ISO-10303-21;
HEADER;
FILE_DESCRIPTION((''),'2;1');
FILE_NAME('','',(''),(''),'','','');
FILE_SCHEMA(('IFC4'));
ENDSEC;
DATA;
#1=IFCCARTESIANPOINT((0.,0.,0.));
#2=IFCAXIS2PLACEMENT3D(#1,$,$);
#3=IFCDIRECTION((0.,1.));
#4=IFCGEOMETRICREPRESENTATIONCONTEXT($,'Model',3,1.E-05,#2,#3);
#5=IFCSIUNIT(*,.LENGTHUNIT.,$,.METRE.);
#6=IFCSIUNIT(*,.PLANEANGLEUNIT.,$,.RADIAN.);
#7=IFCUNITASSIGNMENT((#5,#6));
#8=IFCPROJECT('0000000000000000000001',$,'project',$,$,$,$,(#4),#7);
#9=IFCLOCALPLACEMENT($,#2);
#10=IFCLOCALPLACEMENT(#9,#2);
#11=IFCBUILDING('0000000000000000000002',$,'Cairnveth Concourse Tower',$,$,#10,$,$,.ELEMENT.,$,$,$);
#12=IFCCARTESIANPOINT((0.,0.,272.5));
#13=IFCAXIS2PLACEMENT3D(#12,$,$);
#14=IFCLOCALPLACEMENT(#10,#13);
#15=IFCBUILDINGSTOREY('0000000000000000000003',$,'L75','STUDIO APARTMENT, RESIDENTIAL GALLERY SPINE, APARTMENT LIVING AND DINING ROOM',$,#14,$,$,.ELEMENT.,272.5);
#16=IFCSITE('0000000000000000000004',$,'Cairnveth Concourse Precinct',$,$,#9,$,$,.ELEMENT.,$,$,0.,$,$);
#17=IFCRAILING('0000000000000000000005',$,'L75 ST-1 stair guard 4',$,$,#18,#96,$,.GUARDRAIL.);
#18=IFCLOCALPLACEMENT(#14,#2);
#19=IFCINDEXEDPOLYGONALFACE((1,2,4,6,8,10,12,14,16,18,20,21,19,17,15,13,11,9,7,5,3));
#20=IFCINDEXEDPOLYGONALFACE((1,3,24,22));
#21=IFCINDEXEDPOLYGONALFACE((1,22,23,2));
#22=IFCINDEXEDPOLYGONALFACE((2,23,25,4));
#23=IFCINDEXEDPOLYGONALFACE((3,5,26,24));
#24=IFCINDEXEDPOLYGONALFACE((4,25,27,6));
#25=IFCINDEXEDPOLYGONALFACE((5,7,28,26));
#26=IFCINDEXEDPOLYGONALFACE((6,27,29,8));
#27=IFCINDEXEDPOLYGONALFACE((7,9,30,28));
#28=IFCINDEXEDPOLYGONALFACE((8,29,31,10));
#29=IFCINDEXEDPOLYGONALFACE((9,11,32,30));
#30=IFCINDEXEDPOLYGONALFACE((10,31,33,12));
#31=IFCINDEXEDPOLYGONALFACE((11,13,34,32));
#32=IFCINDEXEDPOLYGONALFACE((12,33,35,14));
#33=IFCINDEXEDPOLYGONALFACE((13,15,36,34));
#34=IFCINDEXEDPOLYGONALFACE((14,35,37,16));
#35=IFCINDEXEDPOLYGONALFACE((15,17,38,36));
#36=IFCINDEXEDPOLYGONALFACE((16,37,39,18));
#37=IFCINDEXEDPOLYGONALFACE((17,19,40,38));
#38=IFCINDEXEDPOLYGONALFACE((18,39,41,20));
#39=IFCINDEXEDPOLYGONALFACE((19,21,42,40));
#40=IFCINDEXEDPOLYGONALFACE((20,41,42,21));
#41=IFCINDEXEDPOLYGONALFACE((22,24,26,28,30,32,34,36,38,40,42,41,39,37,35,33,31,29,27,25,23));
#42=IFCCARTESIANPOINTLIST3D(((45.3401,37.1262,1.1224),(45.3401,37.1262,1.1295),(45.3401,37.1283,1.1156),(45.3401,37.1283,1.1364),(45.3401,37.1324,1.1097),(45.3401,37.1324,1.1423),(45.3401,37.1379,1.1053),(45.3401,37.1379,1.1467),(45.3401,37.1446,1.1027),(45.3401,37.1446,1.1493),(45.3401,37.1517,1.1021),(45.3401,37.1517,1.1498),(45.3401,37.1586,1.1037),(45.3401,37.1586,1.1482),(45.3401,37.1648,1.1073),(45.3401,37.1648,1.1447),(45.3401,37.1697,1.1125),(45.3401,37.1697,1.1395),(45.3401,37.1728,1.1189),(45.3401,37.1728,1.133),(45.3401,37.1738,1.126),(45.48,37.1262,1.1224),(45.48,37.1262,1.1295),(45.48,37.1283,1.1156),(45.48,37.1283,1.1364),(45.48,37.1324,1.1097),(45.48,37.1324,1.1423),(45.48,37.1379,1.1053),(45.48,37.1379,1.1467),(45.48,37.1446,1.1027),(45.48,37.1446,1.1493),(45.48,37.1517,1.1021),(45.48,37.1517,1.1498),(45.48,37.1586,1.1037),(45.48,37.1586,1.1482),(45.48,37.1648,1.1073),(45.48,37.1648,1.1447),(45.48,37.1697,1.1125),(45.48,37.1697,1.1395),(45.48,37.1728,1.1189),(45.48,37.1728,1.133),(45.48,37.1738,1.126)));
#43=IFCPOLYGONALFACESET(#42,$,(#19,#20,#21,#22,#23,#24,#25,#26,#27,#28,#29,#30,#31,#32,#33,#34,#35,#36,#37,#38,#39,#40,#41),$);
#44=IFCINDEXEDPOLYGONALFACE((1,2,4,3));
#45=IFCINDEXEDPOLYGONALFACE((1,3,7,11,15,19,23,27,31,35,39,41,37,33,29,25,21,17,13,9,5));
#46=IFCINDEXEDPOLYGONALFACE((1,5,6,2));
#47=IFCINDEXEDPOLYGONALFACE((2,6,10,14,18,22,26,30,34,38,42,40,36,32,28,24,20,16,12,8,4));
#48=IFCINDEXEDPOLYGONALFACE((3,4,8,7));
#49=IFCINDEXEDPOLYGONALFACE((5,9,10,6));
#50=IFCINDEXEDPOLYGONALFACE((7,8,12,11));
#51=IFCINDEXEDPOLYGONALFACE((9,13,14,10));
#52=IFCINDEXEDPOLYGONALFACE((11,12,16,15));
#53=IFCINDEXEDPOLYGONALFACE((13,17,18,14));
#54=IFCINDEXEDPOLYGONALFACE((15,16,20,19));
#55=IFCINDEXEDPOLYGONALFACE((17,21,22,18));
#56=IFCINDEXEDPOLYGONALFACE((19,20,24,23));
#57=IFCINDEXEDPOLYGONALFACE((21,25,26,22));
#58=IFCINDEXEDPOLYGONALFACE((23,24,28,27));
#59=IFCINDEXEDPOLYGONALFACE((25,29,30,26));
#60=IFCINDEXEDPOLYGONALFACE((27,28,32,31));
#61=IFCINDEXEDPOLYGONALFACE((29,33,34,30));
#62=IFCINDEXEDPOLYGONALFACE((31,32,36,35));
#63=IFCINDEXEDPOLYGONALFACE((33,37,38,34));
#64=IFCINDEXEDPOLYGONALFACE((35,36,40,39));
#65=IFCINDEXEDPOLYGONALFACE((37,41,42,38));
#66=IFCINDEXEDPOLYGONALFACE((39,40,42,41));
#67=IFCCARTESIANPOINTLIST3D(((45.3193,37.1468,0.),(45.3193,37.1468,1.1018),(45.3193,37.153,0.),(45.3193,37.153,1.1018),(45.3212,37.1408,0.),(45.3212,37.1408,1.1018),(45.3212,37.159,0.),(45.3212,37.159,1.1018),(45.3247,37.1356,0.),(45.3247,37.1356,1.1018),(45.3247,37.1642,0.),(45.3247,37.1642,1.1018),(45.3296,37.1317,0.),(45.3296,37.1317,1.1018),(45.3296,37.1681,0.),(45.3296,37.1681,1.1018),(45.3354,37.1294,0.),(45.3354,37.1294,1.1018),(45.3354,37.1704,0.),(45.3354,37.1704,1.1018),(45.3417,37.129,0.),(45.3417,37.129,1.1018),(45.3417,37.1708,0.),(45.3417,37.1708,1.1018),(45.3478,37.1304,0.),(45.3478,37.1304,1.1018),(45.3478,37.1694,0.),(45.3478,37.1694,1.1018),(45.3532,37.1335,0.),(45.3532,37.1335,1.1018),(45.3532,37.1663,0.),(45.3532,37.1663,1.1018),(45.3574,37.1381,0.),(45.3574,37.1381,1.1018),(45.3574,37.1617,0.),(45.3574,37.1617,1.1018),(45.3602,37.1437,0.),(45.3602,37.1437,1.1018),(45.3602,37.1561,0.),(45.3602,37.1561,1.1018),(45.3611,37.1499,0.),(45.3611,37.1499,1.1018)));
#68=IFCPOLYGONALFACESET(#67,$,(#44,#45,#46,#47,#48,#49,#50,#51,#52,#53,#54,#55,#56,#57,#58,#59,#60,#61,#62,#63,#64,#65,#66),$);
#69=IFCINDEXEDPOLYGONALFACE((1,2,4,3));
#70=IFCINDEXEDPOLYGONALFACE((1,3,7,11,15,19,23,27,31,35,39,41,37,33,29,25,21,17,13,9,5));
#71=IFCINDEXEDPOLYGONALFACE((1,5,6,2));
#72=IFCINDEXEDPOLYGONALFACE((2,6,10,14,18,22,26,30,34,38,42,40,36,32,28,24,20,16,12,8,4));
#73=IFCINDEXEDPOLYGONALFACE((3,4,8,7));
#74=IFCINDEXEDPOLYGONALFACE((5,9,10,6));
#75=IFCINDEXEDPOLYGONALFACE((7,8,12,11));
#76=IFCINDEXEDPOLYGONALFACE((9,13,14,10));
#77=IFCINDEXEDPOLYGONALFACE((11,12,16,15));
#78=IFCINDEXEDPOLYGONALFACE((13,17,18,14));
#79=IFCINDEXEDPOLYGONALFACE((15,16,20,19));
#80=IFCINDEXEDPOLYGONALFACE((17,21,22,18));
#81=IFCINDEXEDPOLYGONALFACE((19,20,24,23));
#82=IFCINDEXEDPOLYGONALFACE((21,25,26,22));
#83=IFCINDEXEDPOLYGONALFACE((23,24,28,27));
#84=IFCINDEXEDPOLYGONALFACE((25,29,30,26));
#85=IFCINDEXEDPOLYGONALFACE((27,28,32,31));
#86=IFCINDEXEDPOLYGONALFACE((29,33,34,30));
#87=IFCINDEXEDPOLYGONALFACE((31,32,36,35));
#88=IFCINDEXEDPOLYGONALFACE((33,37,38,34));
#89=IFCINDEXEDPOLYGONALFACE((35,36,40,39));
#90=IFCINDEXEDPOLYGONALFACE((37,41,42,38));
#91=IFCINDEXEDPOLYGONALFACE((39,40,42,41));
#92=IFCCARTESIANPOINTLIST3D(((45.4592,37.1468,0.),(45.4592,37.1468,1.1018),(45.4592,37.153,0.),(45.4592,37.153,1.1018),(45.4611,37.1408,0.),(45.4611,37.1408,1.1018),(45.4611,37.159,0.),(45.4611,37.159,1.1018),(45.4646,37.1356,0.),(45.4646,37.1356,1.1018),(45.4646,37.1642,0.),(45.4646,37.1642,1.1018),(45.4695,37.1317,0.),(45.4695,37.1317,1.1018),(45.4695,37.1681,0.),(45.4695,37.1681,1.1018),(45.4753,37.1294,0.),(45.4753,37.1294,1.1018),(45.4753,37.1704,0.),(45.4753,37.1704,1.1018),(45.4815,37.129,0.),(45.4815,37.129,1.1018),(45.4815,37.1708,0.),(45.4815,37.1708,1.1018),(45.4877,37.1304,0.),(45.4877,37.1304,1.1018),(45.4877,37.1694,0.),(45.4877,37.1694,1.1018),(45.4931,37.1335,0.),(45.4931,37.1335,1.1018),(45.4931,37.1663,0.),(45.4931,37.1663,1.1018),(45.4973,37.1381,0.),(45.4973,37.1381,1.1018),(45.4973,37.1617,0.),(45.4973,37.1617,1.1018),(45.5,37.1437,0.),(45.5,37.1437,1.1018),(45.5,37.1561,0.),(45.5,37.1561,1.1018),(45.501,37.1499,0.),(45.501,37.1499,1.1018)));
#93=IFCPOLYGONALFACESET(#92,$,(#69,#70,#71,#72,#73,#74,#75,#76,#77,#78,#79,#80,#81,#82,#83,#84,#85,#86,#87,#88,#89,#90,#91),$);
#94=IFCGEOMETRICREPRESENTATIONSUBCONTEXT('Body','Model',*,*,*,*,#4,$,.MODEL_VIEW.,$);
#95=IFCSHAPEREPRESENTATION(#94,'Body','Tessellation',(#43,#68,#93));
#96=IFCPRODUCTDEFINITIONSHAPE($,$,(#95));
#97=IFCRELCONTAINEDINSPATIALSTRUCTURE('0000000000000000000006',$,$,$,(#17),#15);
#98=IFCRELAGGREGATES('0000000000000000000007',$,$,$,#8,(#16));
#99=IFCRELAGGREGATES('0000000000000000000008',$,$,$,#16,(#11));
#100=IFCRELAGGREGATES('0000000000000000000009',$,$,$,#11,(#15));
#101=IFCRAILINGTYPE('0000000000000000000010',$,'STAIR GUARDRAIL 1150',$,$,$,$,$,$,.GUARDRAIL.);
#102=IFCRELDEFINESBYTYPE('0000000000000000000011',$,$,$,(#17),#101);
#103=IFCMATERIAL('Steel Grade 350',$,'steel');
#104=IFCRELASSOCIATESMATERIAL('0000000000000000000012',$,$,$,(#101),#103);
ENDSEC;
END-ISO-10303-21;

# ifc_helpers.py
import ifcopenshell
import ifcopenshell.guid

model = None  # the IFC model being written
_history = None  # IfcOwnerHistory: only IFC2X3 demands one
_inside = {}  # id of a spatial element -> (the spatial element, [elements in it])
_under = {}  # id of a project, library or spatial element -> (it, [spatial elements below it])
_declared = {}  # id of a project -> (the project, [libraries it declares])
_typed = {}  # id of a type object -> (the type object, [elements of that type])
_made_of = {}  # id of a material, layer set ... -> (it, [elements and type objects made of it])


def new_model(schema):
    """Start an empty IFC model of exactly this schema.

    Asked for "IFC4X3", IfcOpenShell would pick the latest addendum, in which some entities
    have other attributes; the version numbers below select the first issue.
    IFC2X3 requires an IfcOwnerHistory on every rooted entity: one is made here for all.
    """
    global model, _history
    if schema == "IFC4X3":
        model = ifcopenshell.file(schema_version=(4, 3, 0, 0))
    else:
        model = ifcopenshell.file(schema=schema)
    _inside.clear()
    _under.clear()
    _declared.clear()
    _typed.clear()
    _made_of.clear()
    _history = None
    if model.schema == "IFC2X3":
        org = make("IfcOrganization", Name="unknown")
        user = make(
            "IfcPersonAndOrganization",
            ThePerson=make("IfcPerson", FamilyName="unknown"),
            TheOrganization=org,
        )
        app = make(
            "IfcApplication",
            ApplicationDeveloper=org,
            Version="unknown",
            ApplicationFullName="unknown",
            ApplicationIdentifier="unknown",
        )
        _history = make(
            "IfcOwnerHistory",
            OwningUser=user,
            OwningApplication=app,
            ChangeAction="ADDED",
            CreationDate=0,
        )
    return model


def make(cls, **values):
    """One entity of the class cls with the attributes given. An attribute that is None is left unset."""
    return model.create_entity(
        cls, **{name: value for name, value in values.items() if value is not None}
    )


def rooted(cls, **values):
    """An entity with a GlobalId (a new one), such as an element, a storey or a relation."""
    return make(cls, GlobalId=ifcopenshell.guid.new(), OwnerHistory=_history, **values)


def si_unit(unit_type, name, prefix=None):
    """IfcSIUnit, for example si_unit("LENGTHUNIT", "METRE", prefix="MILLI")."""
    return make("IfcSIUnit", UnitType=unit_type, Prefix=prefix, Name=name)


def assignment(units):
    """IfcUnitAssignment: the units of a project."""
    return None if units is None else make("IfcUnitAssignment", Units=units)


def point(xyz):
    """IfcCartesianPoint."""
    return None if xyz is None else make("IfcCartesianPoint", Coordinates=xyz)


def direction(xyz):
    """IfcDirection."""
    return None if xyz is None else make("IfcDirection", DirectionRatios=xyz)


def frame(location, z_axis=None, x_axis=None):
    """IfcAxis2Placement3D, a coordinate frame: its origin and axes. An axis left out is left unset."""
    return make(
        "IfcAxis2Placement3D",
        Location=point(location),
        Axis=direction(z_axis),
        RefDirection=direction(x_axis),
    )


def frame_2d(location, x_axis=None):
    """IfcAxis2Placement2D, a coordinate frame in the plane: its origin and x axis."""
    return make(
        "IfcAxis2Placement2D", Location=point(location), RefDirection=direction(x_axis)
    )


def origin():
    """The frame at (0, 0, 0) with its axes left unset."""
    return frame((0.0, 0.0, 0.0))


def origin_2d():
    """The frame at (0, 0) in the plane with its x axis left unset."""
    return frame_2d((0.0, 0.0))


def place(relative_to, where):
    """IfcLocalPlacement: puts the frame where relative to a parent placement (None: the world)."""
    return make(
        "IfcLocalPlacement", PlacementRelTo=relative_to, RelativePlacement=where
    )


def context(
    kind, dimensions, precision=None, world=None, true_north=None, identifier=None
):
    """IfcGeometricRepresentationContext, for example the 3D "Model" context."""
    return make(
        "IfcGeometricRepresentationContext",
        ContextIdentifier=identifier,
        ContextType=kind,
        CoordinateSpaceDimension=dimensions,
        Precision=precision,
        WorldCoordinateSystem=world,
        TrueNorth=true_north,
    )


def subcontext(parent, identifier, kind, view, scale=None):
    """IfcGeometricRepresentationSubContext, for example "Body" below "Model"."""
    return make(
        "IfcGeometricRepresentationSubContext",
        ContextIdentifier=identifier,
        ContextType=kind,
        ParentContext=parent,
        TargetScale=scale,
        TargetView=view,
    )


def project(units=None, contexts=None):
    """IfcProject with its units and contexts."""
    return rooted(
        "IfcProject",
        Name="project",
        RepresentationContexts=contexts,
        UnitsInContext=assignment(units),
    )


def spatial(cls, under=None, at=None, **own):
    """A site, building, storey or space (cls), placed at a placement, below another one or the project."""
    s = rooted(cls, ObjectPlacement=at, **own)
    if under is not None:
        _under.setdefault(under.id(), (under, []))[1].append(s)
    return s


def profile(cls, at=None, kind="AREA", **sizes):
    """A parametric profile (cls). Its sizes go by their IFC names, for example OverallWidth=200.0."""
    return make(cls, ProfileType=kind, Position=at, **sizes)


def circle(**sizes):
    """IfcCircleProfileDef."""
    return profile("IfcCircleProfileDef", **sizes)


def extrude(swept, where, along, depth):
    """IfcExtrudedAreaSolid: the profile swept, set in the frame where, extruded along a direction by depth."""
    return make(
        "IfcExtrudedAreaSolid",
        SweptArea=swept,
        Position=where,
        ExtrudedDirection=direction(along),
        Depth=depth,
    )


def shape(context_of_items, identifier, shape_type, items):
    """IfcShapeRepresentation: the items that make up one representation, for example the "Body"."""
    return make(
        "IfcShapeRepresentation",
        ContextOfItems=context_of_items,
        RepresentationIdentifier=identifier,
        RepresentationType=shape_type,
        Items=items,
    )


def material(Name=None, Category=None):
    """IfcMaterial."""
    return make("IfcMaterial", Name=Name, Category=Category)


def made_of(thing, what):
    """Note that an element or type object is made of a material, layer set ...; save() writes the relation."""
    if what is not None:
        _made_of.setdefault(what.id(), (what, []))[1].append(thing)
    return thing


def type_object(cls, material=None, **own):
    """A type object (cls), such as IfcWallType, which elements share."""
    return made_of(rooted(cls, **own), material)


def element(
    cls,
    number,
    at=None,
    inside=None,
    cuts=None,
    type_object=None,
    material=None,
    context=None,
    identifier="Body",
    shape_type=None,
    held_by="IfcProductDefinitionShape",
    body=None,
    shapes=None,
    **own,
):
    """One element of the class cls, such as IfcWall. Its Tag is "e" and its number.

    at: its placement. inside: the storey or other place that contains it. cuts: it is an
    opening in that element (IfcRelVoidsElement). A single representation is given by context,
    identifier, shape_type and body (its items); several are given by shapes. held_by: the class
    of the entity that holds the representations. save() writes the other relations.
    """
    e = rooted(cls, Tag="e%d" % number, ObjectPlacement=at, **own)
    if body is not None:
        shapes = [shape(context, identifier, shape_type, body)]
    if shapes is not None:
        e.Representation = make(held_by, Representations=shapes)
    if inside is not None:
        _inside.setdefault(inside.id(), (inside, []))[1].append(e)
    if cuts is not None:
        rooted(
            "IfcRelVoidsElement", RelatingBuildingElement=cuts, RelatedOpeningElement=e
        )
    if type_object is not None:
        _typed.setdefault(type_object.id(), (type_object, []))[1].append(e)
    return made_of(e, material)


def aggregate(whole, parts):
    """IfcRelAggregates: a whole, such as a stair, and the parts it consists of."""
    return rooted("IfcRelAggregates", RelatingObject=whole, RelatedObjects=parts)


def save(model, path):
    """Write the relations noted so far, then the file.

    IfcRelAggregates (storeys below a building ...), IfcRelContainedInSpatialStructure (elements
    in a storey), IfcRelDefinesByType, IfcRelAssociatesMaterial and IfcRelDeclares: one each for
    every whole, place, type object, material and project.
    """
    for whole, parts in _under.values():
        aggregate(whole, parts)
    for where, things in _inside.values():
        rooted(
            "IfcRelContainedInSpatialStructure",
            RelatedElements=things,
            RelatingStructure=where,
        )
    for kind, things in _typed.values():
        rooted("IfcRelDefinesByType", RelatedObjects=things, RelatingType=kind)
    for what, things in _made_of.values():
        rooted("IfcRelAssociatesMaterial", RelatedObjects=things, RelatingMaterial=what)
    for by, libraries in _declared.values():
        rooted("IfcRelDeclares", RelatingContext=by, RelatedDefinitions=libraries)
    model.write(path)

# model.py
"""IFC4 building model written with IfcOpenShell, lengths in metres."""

from ifc_helpers import new_model, si_unit, direction, frame, origin, origin_2d, place, context, subcontext, project, spatial, circle, extrude, material, type_object, element, save


model = new_model("IFC4")

# Units and contexts
model_context = context("Model", 3, precision=1e-05, world=origin(), true_north=direction((0.0, 1.0)))
body_context = subcontext(model_context, "Body", "Model", "MODEL_VIEW")
ifc_project = project(units=[si_unit("LENGTHUNIT", "METRE"), si_unit("PLANEANGLEUNIT", "RADIAN")], contexts=[model_context])

# Site, building, storey
site_placement = place(None, origin())
site = spatial("IfcSite", under=ifc_project, at=site_placement, Name="Cairnveth Concourse Precinct", CompositionType="ELEMENT", RefElevation=0.0)
building_placement = place(site_placement, origin())
building = spatial("IfcBuilding", under=site, at=building_placement, Name="Cairnveth Concourse Tower", CompositionType="ELEMENT")
storey_placement = place(building_placement, frame((0.0, 0.0, 272.5)))
storey = spatial("IfcBuildingStorey", under=building, at=storey_placement, Name="L75", Description="STUDIO APARTMENT, RESIDENTIAL GALLERY SPINE, APARTMENT LIVING AND DINING ROOM", CompositionType="ELEMENT", Elevation=272.5)

# Shared definitions
ifc_material_1 = material(Name="Steel Grade 350", Category="steel")

# Railing
railing_type_1 = type_object("IfcRailingType", Name="STAIR GUARDRAIL 1150", PredefinedType="GUARDRAIL", material=ifc_material_1)
railing_1_placement = place(storey_placement, frame((45.3401, 37.1499, 0.0)))
element("IfcRailing", 1, at=railing_1_placement, inside=storey, type_object=railing_type_1, Name="L75 ST-1 stair guard 4", PredefinedType="GUARDRAIL", context=body_context, shape_type="SweptSolid", body=[
    extrude(circle(Radius=0.0239, at=origin_2d()), frame((0.0, 0.0, 1.126), z_axis=(1.0, 0.0, 0.0), x_axis=(0.0, 1.0, 0.0)), (0.0, 0.0, 1.0), 0.1399),
    extrude(circle(Radius=0.021, at=origin_2d()), origin(), (0.0, 0.0, 1.0), 1.1018),
    extrude(circle(Radius=0.021, at=origin_2d()), frame((0.1399, 0.0, 0.0)), (0.0, 0.0, 1.0), 1.1018),
])

save(model, "model.ifc")
